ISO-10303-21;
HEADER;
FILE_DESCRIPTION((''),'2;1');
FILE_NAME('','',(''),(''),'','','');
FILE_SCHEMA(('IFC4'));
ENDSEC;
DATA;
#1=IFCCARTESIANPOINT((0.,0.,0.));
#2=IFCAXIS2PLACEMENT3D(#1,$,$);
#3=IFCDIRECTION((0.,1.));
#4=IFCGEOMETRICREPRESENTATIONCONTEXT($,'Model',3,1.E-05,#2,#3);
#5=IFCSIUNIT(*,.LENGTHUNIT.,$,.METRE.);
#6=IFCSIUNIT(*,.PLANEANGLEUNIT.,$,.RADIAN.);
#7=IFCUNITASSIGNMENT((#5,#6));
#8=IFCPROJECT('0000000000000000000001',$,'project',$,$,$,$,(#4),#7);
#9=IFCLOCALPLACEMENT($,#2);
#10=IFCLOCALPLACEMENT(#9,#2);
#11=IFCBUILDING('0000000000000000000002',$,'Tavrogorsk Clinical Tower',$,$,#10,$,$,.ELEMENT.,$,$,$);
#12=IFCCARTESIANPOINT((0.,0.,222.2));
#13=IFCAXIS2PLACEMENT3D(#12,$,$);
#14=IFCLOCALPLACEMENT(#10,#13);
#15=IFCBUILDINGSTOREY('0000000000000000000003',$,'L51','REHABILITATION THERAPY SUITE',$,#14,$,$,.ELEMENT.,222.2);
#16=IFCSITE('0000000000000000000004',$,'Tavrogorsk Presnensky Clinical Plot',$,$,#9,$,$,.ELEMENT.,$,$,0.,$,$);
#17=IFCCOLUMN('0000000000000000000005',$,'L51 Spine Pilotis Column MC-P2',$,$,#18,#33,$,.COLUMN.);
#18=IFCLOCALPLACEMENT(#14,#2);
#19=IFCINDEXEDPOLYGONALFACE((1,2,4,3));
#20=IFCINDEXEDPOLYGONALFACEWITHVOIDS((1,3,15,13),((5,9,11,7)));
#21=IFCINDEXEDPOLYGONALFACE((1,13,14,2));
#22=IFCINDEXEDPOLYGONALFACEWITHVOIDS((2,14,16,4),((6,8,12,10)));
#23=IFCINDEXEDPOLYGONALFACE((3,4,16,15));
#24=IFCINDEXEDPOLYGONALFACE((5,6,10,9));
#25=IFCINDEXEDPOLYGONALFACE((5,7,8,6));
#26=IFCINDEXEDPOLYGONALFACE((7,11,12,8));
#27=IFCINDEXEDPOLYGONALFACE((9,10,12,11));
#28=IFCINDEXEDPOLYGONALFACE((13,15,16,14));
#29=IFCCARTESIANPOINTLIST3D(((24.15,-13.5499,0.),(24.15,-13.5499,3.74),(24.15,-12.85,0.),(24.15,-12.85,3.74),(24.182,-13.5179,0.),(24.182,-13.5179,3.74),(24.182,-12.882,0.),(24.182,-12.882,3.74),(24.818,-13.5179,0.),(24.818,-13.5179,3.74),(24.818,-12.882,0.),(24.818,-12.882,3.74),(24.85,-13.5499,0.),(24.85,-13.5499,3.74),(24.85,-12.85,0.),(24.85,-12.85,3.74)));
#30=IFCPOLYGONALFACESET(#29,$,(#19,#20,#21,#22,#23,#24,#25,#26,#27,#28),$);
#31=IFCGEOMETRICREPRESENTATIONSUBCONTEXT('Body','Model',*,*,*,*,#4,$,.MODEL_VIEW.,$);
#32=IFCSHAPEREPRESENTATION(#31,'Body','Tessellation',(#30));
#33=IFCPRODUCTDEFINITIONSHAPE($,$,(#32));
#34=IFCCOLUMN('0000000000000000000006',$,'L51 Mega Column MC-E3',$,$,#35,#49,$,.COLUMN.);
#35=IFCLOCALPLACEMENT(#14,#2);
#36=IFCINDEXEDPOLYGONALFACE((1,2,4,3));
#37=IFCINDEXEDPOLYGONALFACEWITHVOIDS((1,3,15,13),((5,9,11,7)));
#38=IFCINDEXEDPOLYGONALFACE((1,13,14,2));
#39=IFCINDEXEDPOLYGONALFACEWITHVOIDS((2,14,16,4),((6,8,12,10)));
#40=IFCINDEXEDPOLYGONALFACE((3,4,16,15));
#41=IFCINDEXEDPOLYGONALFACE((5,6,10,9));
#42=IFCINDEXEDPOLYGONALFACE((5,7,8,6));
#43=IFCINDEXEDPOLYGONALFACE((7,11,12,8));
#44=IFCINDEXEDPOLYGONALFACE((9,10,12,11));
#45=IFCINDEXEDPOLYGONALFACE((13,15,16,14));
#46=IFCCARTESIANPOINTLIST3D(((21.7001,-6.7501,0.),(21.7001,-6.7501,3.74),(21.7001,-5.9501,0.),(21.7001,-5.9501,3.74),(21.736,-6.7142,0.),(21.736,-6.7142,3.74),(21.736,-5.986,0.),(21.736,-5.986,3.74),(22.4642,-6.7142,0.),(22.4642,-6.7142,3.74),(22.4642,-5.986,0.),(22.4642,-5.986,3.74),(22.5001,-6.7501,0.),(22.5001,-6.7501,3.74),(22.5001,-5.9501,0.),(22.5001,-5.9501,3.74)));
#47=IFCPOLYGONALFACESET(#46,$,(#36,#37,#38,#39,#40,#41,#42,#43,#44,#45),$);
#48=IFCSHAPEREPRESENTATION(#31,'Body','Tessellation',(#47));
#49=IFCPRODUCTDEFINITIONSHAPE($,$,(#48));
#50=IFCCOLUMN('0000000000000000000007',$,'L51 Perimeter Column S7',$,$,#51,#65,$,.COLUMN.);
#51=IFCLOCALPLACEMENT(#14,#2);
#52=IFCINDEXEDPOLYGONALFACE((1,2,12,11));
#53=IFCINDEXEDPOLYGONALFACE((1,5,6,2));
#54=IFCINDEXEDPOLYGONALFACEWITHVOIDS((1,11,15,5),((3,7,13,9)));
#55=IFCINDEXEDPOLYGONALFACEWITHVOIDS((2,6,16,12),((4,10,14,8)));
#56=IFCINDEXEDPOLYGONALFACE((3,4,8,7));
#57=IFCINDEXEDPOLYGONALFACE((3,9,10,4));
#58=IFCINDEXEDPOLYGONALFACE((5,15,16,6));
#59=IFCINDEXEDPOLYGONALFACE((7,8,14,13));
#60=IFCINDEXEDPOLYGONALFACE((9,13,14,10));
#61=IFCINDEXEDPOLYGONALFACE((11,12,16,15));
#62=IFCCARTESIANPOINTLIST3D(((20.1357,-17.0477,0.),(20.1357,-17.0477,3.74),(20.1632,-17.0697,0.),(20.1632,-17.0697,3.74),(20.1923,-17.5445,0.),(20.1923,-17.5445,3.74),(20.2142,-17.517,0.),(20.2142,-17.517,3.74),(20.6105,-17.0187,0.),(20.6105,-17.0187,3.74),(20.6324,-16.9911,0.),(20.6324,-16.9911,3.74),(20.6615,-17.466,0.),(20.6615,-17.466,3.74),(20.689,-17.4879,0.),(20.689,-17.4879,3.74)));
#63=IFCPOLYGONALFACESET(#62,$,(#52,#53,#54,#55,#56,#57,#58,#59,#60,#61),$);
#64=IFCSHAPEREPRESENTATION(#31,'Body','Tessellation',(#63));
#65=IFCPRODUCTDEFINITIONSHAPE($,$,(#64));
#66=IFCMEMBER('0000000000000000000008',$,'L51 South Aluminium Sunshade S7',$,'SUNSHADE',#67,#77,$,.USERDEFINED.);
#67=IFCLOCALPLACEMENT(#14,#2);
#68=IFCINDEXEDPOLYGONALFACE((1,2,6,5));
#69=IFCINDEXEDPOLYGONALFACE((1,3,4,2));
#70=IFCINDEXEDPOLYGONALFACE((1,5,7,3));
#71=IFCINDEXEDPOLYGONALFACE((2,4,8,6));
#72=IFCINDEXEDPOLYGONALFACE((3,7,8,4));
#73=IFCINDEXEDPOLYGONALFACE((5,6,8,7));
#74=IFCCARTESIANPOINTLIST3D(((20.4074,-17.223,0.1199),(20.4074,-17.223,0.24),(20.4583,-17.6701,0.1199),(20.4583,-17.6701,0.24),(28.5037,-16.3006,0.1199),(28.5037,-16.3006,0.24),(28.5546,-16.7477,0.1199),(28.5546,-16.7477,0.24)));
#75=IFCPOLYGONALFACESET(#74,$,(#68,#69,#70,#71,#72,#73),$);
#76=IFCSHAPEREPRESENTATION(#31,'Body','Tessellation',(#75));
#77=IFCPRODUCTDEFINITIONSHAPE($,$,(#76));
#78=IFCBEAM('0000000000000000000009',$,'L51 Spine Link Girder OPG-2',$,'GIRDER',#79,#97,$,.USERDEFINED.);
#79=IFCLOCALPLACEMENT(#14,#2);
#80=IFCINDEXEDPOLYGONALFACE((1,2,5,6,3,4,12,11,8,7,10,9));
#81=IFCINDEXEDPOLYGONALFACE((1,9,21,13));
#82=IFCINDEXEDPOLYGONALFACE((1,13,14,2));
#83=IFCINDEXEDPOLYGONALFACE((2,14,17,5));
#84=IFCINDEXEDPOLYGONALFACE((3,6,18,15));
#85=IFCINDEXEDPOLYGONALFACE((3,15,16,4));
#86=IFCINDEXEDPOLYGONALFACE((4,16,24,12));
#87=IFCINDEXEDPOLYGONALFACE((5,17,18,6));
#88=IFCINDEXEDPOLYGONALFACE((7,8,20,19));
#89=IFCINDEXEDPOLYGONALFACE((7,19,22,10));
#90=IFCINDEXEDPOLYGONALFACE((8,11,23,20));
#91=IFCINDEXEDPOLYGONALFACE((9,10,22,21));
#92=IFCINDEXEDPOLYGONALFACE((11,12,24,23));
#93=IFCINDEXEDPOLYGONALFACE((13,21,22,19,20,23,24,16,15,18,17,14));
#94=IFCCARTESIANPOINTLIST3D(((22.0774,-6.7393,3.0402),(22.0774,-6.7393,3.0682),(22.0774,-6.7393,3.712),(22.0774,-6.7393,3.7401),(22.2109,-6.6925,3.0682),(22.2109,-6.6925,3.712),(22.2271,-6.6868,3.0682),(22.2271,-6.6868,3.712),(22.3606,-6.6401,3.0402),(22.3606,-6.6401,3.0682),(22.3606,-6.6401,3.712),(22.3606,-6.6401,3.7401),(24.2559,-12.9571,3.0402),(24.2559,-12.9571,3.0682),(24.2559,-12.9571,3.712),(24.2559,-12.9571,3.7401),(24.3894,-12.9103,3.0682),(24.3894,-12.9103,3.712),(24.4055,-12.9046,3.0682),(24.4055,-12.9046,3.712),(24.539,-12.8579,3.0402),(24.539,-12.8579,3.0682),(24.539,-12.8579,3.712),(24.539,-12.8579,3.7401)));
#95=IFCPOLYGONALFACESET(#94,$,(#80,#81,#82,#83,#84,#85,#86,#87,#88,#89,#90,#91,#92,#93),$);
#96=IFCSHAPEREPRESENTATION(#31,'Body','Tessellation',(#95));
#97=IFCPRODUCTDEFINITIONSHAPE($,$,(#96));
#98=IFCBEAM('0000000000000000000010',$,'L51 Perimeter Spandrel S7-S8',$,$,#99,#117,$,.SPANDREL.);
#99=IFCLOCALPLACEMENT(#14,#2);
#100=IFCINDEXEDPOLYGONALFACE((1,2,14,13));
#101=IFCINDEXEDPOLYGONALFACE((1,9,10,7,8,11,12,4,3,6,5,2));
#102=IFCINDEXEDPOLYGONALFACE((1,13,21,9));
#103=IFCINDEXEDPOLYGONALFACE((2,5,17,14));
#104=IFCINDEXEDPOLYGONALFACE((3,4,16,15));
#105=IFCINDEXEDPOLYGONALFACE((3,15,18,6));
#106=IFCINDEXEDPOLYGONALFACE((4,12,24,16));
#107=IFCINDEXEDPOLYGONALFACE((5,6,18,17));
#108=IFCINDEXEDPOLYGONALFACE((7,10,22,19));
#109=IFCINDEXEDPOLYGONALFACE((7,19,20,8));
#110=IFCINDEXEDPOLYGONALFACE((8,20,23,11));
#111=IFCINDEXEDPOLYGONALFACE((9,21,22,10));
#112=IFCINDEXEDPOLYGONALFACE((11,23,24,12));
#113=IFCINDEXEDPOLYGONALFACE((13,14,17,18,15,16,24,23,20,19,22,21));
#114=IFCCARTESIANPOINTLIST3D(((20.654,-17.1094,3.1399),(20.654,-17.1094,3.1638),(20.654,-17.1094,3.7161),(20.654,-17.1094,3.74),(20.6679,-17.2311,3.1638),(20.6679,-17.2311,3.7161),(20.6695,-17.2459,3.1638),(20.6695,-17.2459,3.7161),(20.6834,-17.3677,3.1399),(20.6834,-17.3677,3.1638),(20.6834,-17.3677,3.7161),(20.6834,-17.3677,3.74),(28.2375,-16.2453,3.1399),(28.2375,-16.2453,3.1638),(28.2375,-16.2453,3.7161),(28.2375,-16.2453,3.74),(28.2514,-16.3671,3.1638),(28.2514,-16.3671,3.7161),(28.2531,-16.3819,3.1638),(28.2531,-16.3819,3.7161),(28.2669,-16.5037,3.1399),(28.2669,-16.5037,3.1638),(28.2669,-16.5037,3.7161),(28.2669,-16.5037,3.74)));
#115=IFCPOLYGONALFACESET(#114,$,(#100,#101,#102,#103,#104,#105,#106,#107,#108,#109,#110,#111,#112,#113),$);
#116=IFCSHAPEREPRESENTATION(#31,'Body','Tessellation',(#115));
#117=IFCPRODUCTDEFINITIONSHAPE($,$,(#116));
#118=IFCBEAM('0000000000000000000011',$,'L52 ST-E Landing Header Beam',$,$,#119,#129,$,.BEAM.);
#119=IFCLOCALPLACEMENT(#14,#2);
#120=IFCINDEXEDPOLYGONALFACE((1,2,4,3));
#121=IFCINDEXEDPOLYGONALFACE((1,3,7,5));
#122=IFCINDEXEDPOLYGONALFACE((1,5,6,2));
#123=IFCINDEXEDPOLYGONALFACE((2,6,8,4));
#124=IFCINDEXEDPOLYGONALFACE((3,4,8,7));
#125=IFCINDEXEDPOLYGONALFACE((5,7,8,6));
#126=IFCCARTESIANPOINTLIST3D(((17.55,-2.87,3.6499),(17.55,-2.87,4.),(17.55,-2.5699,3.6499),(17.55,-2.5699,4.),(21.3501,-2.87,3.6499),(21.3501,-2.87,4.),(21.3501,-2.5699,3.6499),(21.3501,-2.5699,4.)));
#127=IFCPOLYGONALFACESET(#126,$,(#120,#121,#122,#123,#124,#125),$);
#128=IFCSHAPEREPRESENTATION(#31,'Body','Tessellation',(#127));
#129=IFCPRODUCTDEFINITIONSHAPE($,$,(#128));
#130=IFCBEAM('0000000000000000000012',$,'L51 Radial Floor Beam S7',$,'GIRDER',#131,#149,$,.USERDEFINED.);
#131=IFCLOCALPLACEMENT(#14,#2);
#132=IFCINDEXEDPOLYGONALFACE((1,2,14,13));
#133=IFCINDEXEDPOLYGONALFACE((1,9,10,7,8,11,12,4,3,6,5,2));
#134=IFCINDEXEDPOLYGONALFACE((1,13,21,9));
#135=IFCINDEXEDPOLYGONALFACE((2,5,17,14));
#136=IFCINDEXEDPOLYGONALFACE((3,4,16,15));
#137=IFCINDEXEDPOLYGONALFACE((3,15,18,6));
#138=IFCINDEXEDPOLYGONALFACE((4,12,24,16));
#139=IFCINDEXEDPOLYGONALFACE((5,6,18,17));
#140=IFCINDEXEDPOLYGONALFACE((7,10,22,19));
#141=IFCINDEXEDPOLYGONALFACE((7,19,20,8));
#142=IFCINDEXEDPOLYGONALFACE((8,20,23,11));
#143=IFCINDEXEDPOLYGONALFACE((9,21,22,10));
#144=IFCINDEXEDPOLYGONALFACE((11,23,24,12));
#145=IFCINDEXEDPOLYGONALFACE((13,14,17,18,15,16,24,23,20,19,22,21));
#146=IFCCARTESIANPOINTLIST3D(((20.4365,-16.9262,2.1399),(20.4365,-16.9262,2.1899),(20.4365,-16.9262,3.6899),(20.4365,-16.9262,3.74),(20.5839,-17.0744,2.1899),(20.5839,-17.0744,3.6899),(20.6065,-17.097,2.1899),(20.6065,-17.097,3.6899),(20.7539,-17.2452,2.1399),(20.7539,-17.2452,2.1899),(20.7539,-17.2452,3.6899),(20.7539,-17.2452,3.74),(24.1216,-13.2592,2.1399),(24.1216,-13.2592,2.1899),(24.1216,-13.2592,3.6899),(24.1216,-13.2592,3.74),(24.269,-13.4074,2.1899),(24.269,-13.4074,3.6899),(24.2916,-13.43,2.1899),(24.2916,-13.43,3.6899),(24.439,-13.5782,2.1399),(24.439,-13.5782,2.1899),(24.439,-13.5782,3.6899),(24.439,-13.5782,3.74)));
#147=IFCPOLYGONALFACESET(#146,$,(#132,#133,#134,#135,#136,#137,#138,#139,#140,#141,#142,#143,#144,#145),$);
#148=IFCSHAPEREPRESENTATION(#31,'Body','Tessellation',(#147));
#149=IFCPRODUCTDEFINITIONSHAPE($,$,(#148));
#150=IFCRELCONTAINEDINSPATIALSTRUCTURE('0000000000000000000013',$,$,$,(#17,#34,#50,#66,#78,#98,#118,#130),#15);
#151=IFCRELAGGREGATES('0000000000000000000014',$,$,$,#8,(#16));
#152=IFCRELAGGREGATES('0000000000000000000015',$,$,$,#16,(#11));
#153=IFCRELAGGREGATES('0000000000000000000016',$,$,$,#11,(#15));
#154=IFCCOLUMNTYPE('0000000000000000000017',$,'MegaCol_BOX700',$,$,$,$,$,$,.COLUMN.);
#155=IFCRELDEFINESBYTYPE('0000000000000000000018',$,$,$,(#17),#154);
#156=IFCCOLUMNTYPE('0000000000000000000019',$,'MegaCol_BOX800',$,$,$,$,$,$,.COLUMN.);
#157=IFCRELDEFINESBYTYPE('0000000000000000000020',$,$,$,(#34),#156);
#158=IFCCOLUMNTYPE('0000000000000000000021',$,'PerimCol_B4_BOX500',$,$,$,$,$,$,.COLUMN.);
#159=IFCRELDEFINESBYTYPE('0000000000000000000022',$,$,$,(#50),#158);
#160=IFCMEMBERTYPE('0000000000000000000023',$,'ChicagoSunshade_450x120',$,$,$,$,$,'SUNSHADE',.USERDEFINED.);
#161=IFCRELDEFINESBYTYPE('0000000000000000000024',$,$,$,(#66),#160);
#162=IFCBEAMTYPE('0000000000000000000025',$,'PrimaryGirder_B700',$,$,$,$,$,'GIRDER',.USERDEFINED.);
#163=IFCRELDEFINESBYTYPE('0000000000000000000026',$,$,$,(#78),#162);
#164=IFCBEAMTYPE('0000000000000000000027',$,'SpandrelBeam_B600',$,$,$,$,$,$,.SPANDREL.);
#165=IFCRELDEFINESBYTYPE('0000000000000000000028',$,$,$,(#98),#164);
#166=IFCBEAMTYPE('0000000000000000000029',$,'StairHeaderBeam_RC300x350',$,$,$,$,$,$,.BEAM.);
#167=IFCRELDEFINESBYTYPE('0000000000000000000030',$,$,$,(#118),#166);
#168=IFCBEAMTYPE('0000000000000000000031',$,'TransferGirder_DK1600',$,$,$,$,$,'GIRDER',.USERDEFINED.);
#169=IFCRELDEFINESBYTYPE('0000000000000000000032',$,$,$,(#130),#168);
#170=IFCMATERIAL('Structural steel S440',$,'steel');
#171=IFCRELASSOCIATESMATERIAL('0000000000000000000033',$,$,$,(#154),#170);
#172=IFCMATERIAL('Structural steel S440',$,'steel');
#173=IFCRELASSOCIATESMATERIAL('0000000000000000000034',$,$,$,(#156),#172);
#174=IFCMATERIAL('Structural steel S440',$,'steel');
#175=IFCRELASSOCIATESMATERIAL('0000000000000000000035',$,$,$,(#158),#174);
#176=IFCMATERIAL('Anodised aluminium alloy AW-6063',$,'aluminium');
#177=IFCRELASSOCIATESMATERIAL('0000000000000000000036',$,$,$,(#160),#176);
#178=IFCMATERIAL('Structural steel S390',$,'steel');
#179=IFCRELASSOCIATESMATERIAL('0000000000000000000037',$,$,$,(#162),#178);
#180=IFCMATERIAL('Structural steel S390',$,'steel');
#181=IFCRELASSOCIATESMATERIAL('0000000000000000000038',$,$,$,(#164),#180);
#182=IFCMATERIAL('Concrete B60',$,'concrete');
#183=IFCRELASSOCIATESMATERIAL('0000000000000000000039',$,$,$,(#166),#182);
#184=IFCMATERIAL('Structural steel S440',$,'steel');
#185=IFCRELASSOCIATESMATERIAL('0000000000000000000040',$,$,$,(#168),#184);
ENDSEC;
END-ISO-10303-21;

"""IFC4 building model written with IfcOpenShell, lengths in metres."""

from ifc_helpers import new_model, si_unit, direction, frame, origin, origin_2d, place, context, subcontext, project, spatial, rectangle, hollow_rectangle, i_section, extrude, material, material_profile, profile_set, type_object, element, save


model = new_model("IFC4")

# Units and contexts
model_context = context("Model", 3, precision=1e-05, world=origin(), true_north=direction((0.0, 1.0)))
body_context = subcontext(model_context, "Body", "Model", "MODEL_VIEW")
ifc_project = project(units=[si_unit("LENGTHUNIT", "METRE"), si_unit("PLANEANGLEUNIT", "RADIAN")], contexts=[model_context])

# Site, building, storey
site_placement = place(None, origin())
site = spatial("IfcSite", under=ifc_project, at=site_placement, Name="Tavrogorsk Presnensky Clinical Plot", CompositionType="ELEMENT", RefElevation=0.0)
building_placement = place(site_placement, origin())
building = spatial("IfcBuilding", under=site, at=building_placement, Name="Tavrogorsk Clinical Tower", CompositionType="ELEMENT")
storey_placement = place(building_placement, frame((0.0, 0.0, 222.2)))
storey = spatial("IfcBuildingStorey", under=building, at=storey_placement, Name="L51", Description="REHABILITATION THERAPY SUITE", CompositionType="ELEMENT", Elevation=222.2)

# Columns
ifc_material_1 = material(Name="Structural steel S440", Category="steel")
ifc_material_profile_1 = material_profile(ifc_material_1, hollow_rectangle(XDim=0.7, YDim=0.7, WallThickness=0.032, at=origin_2d()), Name="BOX-700x700x32")
ifc_profile_set_1 = profile_set([ifc_material_profile_1], Name="Structural steel S440")
column_type_1 = type_object("IfcColumnType", Name="MegaCol_BOX700", PredefinedType="COLUMN", material=ifc_profile_set_1)
column_1_placement = place(storey_placement, frame((24.5, -13.2, 0.0), z_axis=(0.0, 0.0, 1.0), x_axis=(1.0, 0.0, 0.0)))
element("IfcColumn", 1, at=column_1_placement, inside=storey, type_object=column_type_1, Name="L51 Spine Pilotis Column MC-P2", PredefinedType="COLUMN", context=body_context, shape_type="SweptSolid", body=[
    extrude(hollow_rectangle(XDim=0.7, YDim=0.7, WallThickness=0.032, at=origin_2d()), origin(), (0.0, 0.0, 1.0), 3.74),
])
ifc_material_2 = material(Name="Structural steel S440", Category="steel")
ifc_material_profile_2 = material_profile(ifc_material_2, hollow_rectangle(XDim=0.8, YDim=0.8, WallThickness=0.0359, at=origin_2d()), Name="BOX-800x800x36")
ifc_profile_set_2 = profile_set([ifc_material_profile_2], Name="Structural steel S440")
column_type_2 = type_object("IfcColumnType", Name="MegaCol_BOX800", PredefinedType="COLUMN", material=ifc_profile_set_2)
column_2_placement = place(storey_placement, frame((22.1001, -6.3501, 0.0), z_axis=(0.0, 0.0, 1.0), x_axis=(1.0, 0.0, 0.0)))
element("IfcColumn", 2, at=column_2_placement, inside=storey, type_object=column_type_2, Name="L51 Mega Column MC-E3", PredefinedType="COLUMN", context=body_context, shape_type="SweptSolid", body=[
    extrude(hollow_rectangle(XDim=0.8, YDim=0.8, WallThickness=0.0359, at=origin_2d()), origin(), (0.0, 0.0, 1.0), 3.74),
])
ifc_material_3 = material(Name="Structural steel S440", Category="steel")
ifc_material_profile_3 = material_profile(ifc_material_3, hollow_rectangle(XDim=0.5, YDim=0.5, WallThickness=0.0249, at=origin_2d()), Name="BOX-500x500x25")
ifc_profile_set_3 = profile_set([ifc_material_profile_3], Name="Structural steel S440")
column_type_3 = type_object("IfcColumnType", Name="PerimCol_B4_BOX500", PredefinedType="COLUMN", material=ifc_profile_set_3)
column_3_placement = place(storey_placement, frame((20.4124, -17.2678, 0.0), z_axis=(0.0, 0.0, 1.0), x_axis=(0.993572, 0.113203, 0.0)))
element("IfcColumn", 3, at=column_3_placement, inside=storey, type_object=column_type_3, Name="L51 Perimeter Column S7", PredefinedType="COLUMN", context=body_context, shape_type="SweptSolid", body=[
    extrude(hollow_rectangle(XDim=0.5, YDim=0.5, WallThickness=0.0249, at=origin_2d()), origin(), (0.0, 0.0, 1.0), 3.74),
])

# Member
ifc_material_4 = material(Name="Anodised aluminium alloy AW-6063", Category="aluminium")
ifc_material_profile_4 = material_profile(ifc_material_4, rectangle(XDim=0.45, YDim=0.1201, at=origin_2d()), Name="ALU-SUNSHADE-450x120")
ifc_profile_set_4 = profile_set([ifc_material_profile_4], Name="Anodised aluminium alloy AW-6063")
member_type = type_object("IfcMemberType", Name="ChicagoSunshade_450x120", ElementType="SUNSHADE", PredefinedType="USERDEFINED", material=ifc_profile_set_4)
member_placement = place(storey_placement, frame((20.4329, -17.4465, 0.1799), z_axis=(0.993573, 0.113193, 0.0), x_axis=(-0.113193, 0.993573, 0.0)))
element("IfcMember", 4, at=member_placement, inside=storey, type_object=member_type, Name="L51 South Aluminium Sunshade S7", ObjectType="SUNSHADE", PredefinedType="USERDEFINED", context=body_context, shape_type="SweptSolid", body=[
    extrude(rectangle(XDim=0.45, YDim=0.1201, at=origin_2d()), origin(), (0.0, 0.0, 1.0), 8.1487),
])

# Beams
ifc_material_5 = material(Name="Structural steel S390", Category="steel")
ifc_material_profile_5 = material_profile(ifc_material_5, i_section(OverallWidth=0.3, OverallDepth=0.7, WebThickness=0.0171, FlangeThickness=0.0281, at=origin_2d()), Name="B-700x300x17x28")
ifc_profile_set_5 = profile_set([ifc_material_profile_5], Name="Structural steel S390")
beam_type_1 = type_object("IfcBeamType", Name="PrimaryGirder_B700", ElementType="GIRDER", PredefinedType="USERDEFINED", material=ifc_profile_set_5)
beam_1_placement = place(storey_placement, frame((24.3975, -12.9075, 3.3901), z_axis=(-0.330654, 0.943752, 0.0), x_axis=(-0.943752, -0.330654, 0.0)))
element("IfcBeam", 5, at=beam_1_placement, inside=storey, type_object=beam_type_1, Name="L51 Spine Link Girder OPG-2", ObjectType="GIRDER", PredefinedType="USERDEFINED", context=body_context, shape_type="SweptSolid", body=[
    extrude(i_section(OverallWidth=0.3, OverallDepth=0.7, WebThickness=0.0171, FlangeThickness=0.0281, at=origin_2d()), origin(), (0.0, 0.0, 1.0), 6.5884),
])
ifc_material_6 = material(Name="Structural steel S390", Category="steel")
ifc_material_profile_6 = material_profile(ifc_material_6, i_section(OverallWidth=0.26, OverallDepth=0.6001, WebThickness=0.0149, FlangeThickness=0.0239, at=origin_2d()), Name="B-600x260x15x24")
ifc_profile_set_6 = profile_set([ifc_material_profile_6], Name="Structural steel S390")
beam_type_2 = type_object("IfcBeamType", Name="SpandrelBeam_B600", PredefinedType="SPANDREL", material=ifc_profile_set_6)
beam_2_placement = place(storey_placement, frame((20.6687, -17.2385, 3.4399), z_axis=(0.993572, 0.113201, 0.0), x_axis=(-0.113201, 0.993572, 0.0)))
element("IfcBeam", 6, at=beam_2_placement, inside=storey, type_object=beam_type_2, Name="L51 Perimeter Spandrel S7-S8", PredefinedType="SPANDREL", context=body_context, shape_type="SweptSolid", body=[
    extrude(i_section(OverallWidth=0.26, OverallDepth=0.6001, WebThickness=0.0149, FlangeThickness=0.0239, at=origin_2d()), origin(), (0.0, 0.0, 1.0), 7.6326),
])
ifc_material_7 = material(Name="Concrete B60", Category="concrete")
ifc_material_profile_7 = material_profile(ifc_material_7, rectangle(XDim=0.3, YDim=0.3501, at=origin_2d()), Name="RC-SHB-300x350")
ifc_profile_set_7 = profile_set([ifc_material_profile_7], Name="Concrete B60")
beam_type_3 = type_object("IfcBeamType", Name="StairHeaderBeam_RC300x350", PredefinedType="BEAM", material=ifc_profile_set_7)
beam_3_placement = place(storey_placement, frame((17.55, -2.72, 3.825), z_axis=(1.0, 0.0, 0.0), x_axis=(0.0, 1.0, 0.0)))
element("IfcBeam", 7, at=beam_3_placement, inside=storey, type_object=beam_type_3, Name="L52 ST-E Landing Header Beam", PredefinedType="BEAM", context=body_context, shape_type="SweptSolid", body=[
    extrude(rectangle(XDim=0.3, YDim=0.3501, at=origin_2d()), origin(), (0.0, 0.0, 1.0), 3.8),
])
ifc_material_8 = material(Name="Structural steel S440", Category="steel")
ifc_material_profile_8 = material_profile(ifc_material_8, i_section(OverallWidth=0.45, OverallDepth=1.6001, WebThickness=0.032, FlangeThickness=0.05, at=origin_2d()), Name="DK-1600x450x32x50")
ifc_profile_set_8 = profile_set([ifc_material_profile_8], Name="Structural steel S440")
beam_type_4 = type_object("IfcBeamType", Name="TransferGirder_DK1600", ElementType="GIRDER", PredefinedType="USERDEFINED", material=ifc_profile_set_8)
beam_4_placement = place(storey_placement, frame((24.2803, -13.4187, 2.9399), z_axis=(-0.708842, -0.705367, 0.0), x_axis=(0.705367, -0.708842, 0.0)))
element("IfcBeam", 8, at=beam_4_placement, inside=storey, type_object=beam_type_4, Name="L51 Radial Floor Beam S7", ObjectType="GIRDER", PredefinedType="USERDEFINED", context=body_context, shape_type="SweptSolid", body=[
    extrude(i_section(OverallWidth=0.45, OverallDepth=1.6001, WebThickness=0.032, FlangeThickness=0.05, at=origin_2d()), origin(), (0.0, 0.0, 1.0), 5.1987),
])

save(model, "model.ifc")
